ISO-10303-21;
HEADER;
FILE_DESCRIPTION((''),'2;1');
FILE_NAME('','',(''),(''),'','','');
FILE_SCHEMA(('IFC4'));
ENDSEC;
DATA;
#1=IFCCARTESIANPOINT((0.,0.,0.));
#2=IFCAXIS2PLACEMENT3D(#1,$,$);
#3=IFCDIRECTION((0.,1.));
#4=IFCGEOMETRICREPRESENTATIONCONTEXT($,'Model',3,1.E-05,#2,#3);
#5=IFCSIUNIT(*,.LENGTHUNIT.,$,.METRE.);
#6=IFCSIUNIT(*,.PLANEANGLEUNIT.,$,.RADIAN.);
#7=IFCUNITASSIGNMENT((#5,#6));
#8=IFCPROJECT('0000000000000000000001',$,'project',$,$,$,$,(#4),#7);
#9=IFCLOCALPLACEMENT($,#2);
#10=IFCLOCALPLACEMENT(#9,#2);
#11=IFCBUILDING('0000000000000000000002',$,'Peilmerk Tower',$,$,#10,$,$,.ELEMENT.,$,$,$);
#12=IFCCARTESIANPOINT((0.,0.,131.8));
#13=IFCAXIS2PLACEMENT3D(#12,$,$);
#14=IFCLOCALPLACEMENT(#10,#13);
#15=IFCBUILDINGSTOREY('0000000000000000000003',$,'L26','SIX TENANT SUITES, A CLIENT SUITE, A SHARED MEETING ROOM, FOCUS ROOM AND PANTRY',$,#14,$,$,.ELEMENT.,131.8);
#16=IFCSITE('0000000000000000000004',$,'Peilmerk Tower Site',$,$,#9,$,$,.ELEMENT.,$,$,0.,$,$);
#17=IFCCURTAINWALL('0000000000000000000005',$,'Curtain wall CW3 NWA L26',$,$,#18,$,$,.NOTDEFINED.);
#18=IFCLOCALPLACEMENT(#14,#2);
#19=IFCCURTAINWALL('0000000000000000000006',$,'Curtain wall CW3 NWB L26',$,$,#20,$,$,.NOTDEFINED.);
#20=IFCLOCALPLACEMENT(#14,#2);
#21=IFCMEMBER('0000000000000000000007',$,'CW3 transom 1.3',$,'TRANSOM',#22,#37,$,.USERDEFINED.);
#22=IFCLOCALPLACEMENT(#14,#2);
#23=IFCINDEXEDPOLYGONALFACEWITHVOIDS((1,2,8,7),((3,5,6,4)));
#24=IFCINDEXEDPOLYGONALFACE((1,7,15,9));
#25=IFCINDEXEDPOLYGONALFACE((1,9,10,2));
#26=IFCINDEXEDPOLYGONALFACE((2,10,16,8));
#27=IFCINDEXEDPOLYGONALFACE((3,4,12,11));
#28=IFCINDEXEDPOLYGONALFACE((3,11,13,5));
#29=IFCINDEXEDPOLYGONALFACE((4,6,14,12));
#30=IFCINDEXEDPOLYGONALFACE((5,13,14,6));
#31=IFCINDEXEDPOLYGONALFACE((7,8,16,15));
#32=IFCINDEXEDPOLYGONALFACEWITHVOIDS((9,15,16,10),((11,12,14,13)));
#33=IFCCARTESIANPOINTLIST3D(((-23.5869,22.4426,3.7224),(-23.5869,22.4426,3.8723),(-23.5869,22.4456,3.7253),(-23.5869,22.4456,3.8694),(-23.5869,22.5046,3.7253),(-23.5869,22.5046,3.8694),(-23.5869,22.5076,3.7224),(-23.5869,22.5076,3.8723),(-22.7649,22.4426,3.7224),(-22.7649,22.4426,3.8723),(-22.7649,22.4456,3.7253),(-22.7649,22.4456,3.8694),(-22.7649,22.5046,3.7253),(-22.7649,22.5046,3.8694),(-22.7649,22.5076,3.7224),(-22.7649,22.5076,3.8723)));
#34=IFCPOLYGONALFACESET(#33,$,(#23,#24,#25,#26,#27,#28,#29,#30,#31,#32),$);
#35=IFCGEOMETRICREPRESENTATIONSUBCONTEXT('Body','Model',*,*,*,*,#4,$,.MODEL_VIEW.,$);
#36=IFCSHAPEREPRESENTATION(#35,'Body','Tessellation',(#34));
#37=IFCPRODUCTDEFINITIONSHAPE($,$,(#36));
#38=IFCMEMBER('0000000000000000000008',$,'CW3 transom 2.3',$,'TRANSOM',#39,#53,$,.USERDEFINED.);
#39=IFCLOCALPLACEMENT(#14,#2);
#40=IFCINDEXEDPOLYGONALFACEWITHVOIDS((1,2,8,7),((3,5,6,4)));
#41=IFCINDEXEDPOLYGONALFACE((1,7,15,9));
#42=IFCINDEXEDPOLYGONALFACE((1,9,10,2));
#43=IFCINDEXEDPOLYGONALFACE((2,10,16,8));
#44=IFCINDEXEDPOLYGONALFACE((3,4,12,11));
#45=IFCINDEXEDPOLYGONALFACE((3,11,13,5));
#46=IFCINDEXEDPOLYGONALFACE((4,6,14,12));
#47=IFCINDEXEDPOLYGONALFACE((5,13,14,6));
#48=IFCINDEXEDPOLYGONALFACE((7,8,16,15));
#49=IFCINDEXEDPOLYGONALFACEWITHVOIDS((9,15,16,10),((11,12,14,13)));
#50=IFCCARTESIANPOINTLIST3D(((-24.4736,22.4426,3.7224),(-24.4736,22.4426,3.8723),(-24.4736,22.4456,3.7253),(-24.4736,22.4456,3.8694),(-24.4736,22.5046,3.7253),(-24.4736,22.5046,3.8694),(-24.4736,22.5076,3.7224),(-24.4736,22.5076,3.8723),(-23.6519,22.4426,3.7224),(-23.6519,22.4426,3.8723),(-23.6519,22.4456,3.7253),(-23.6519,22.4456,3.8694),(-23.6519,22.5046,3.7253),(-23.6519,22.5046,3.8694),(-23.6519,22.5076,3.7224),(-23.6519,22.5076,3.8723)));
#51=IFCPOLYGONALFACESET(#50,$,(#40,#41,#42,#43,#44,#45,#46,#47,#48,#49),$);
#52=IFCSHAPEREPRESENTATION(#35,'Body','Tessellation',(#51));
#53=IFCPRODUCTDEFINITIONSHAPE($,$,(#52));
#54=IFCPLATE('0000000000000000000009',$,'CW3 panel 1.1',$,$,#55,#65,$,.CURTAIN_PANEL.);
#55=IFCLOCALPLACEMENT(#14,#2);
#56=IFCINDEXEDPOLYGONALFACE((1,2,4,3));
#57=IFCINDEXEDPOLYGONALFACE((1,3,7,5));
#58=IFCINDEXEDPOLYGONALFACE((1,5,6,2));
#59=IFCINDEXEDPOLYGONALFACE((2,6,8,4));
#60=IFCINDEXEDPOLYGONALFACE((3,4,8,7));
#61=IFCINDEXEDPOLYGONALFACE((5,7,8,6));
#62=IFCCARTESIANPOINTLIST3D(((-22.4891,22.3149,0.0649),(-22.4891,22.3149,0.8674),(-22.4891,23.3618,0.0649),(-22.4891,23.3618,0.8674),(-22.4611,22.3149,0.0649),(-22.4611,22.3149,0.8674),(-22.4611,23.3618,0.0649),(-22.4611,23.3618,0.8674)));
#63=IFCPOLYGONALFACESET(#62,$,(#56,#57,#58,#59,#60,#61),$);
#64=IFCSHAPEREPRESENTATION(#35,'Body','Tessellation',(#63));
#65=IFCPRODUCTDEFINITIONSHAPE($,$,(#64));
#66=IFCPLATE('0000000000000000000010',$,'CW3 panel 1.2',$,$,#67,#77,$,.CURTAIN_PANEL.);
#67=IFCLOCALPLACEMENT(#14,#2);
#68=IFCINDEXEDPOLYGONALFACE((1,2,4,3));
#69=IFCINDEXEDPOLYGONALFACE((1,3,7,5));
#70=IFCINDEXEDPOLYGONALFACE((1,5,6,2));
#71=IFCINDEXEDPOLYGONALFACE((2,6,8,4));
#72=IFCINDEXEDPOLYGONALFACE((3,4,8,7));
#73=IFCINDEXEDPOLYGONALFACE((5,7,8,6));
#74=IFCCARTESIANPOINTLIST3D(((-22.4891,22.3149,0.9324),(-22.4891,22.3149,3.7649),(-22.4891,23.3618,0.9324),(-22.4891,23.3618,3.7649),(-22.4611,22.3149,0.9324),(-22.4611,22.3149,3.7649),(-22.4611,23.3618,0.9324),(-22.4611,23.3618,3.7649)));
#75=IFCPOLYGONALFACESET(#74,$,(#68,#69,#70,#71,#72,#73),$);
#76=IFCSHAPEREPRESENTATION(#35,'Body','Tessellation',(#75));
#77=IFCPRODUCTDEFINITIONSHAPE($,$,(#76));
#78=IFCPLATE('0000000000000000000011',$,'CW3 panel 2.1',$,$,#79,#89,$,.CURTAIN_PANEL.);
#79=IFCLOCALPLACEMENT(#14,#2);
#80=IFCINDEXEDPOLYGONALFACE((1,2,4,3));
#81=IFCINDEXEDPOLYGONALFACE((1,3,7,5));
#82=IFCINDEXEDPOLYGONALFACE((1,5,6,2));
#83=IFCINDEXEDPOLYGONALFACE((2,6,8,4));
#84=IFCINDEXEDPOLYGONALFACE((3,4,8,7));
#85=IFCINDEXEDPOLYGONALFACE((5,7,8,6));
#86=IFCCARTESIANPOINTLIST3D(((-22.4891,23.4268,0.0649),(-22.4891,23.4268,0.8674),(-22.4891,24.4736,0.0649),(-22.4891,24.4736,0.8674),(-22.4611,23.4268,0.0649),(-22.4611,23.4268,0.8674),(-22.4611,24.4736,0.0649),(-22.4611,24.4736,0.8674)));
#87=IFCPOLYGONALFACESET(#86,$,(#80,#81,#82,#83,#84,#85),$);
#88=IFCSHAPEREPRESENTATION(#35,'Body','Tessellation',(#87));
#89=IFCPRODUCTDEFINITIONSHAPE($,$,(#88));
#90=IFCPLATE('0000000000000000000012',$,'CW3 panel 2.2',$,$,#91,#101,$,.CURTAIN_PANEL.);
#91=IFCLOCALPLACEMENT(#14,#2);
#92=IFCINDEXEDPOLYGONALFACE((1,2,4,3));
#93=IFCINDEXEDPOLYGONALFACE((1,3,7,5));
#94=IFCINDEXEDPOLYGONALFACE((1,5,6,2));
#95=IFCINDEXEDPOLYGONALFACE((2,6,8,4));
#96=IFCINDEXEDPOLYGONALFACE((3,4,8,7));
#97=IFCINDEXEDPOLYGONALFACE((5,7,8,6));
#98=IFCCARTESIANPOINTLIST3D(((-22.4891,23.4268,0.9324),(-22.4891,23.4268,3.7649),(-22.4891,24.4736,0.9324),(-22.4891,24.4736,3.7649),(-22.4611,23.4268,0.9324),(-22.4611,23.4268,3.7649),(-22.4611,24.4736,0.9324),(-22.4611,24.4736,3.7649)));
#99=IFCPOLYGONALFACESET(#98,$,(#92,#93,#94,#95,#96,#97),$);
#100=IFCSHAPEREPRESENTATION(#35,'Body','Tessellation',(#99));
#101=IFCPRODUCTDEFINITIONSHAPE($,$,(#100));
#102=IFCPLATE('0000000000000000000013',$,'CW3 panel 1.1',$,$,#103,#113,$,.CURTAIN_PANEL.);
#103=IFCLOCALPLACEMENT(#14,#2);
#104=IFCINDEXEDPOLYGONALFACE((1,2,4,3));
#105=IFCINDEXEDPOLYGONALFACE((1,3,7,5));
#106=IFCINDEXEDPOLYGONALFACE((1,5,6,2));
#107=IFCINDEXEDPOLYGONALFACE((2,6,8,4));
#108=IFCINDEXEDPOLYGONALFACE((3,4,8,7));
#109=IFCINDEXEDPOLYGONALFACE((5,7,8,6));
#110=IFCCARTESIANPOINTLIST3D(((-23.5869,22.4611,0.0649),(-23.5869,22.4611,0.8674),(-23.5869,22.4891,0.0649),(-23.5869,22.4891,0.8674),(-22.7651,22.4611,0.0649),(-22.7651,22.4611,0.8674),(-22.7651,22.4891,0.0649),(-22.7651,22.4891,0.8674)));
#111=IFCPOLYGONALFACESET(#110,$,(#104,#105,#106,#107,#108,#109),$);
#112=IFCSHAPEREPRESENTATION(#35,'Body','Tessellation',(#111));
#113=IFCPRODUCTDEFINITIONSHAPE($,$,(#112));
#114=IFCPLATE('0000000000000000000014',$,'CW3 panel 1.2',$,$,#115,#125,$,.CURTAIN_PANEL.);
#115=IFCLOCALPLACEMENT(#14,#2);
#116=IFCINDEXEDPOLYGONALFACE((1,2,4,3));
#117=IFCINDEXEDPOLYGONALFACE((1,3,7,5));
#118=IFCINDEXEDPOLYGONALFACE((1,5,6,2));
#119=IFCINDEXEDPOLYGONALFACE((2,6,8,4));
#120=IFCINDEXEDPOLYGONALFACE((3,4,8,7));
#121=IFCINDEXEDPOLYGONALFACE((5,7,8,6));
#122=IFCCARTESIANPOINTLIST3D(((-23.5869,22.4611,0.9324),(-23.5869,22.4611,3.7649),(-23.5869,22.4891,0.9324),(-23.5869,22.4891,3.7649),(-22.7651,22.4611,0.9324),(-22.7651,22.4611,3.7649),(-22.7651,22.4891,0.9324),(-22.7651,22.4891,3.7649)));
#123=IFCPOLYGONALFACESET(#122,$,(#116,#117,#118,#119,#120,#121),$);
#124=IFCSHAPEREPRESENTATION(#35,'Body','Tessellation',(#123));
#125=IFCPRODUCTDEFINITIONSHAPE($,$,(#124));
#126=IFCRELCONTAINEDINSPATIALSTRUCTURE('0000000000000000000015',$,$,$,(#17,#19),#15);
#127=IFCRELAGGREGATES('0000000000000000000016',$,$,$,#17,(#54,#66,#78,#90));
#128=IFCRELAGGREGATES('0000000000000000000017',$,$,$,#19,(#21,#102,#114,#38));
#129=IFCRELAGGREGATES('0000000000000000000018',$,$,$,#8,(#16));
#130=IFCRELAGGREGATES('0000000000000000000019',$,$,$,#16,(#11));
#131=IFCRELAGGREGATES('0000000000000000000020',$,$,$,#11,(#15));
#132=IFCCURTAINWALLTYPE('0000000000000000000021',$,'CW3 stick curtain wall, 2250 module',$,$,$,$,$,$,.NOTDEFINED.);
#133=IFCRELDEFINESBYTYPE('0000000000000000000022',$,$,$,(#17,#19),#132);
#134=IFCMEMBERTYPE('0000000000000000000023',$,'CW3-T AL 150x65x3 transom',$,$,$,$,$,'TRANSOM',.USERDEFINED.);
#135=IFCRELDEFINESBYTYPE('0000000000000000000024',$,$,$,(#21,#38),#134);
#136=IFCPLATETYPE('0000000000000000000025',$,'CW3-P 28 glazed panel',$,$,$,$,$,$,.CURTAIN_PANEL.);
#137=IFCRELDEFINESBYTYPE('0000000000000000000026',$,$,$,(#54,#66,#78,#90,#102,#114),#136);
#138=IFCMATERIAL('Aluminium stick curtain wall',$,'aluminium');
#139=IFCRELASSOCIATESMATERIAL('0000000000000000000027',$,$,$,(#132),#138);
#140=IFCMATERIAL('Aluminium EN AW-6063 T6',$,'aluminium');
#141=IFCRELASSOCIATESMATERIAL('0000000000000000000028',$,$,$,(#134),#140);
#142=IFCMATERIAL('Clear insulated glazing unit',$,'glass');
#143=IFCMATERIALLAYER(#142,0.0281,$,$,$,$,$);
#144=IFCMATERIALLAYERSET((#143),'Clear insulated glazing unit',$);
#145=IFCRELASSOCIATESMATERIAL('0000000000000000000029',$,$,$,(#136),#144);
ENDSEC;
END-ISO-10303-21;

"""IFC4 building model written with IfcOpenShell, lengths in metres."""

from ifc_helpers import new_model, si_unit, direction, frame, origin, origin_2d, place, context, subcontext, project, spatial, rectangle, hollow_rectangle, extrude, material, layer, layer_set, material_profile, profile_set, type_object, element, aggregate, save


model = new_model("IFC4")

# Units and contexts
model_context = context("Model", 3, precision=1e-05, world=origin(), true_north=direction((0.0, 1.0)))
body_context = subcontext(model_context, "Body", "Model", "MODEL_VIEW")
ifc_project = project(units=[si_unit("LENGTHUNIT", "METRE"), si_unit("PLANEANGLEUNIT", "RADIAN")], contexts=[model_context])

# Site, building, storey
site_placement = place(None, origin())
site = spatial("IfcSite", under=ifc_project, at=site_placement, Name="Peilmerk Tower Site", CompositionType="ELEMENT", RefElevation=0.0)
building_placement = place(site_placement, origin())
building = spatial("IfcBuilding", under=site, at=building_placement, Name="Peilmerk Tower", CompositionType="ELEMENT")
storey_placement = place(building_placement, frame((0.0, 0.0, 131.8)))
storey = spatial("IfcBuildingStorey", under=building, at=storey_placement, Name="L26", Description="SIX TENANT SUITES, A CLIENT SUITE, A SHARED MEETING ROOM, FOCUS ROOM AND PANTRY", CompositionType="ELEMENT", Elevation=131.8)

# Curtain walls
ifc_material_1 = material(Name="Aluminium stick curtain wall", Category="aluminium")
curtain_wall_type = type_object("IfcCurtainWallType", Name="CW3 stick curtain wall, 2250 module", PredefinedType="NOTDEFINED", material=ifc_material_1)
curtain_wall_1_placement = place(storey_placement, origin())
curtain_wall_1 = element("IfcCurtainWall", 1, at=curtain_wall_1_placement, inside=storey, type_object=curtain_wall_type, Name="Curtain wall CW3 NWA L26", PredefinedType="NOTDEFINED")
ifc_material_2 = material(Name="Aluminium EN AW-6063 T6", Category="aluminium")
curtain_wall_2_placement = place(storey_placement, origin())
curtain_wall_2 = element("IfcCurtainWall", 2, at=curtain_wall_2_placement, inside=storey, type_object=curtain_wall_type, Name="Curtain wall CW3 NWB L26", PredefinedType="NOTDEFINED")

# Members
ifc_material_profile_1 = material_profile(ifc_material_2, hollow_rectangle(XDim=0.0649, YDim=0.1499, WallThickness=0.0029, at=origin_2d()), Name="AL 150x65x3")
ifc_profile_set_1 = profile_set([ifc_material_profile_1], Name="Aluminium EN AW-6063 T6")
member_type_1 = type_object("IfcMemberType", Name="CW3-T AL 150x65x3 transom", ElementType="TRANSOM", PredefinedType="USERDEFINED", material=ifc_profile_set_1)
member_1_placement = place(storey_placement, frame((-22.7649, 22.4751, 3.7974), z_axis=(-1.0, 0.0, 0.0), x_axis=(0.0, -1.0, 0.0)))
member_1 = element("IfcMember", 3, at=member_1_placement, type_object=member_type_1, Name="CW3 transom 1.3", ObjectType="TRANSOM", PredefinedType="USERDEFINED", context=body_context, shape_type="SweptSolid", body=[
    extrude(hollow_rectangle(XDim=0.0649, YDim=0.1499, WallThickness=0.0029, at=origin_2d()), origin(), (0.0, 0.0, 1.0), 0.822),
])
member_2_placement = place(storey_placement, frame((-23.6519, 22.4751, 3.7974), z_axis=(-1.0, 0.0, 0.0), x_axis=(0.0, -1.0, 0.0)))
member_2 = element("IfcMember", 4, at=member_2_placement, type_object=member_type_1, Name="CW3 transom 2.3", ObjectType="TRANSOM", PredefinedType="USERDEFINED", context=body_context, shape_type="SweptSolid", body=[
    extrude(hollow_rectangle(XDim=0.0649, YDim=0.1499, WallThickness=0.0029, at=origin_2d()), origin(), (0.0, 0.0, 1.0), 0.8218),
])

# Plates
ifc_material_3 = material(Name="Clear insulated glazing unit", Category="glass")
ifc_layer_1 = layer(ifc_material_3, 0.0281)
ifc_layer_set_1 = layer_set([ifc_layer_1], Name="Clear insulated glazing unit")
plate_type = type_object("IfcPlateType", Name="CW3-P 28 glazed panel", PredefinedType="CURTAIN_PANEL", material=ifc_layer_set_1)
plate_1_placement = place(storey_placement, frame((-22.4751, 22.8384, 0.0649), z_axis=(0.0, 0.0, 1.0), x_axis=(0.0, 1.0, 0.0)))
plate_1 = element("IfcPlate", 5, at=plate_1_placement, type_object=plate_type, Name="CW3 panel 1.1", PredefinedType="CURTAIN_PANEL", context=body_context, shape_type="SweptSolid", body=[
    extrude(rectangle(XDim=1.0469, YDim=0.0281, at=origin_2d()), origin(), (0.0, 0.0, 1.0), 0.8025),
])
plate_2_placement = place(storey_placement, frame((-22.4751, 22.8384, 0.9324), z_axis=(0.0, 0.0, 1.0), x_axis=(0.0, 1.0, 0.0)))
plate_2 = element("IfcPlate", 6, at=plate_2_placement, type_object=plate_type, Name="CW3 panel 1.2", PredefinedType="CURTAIN_PANEL", context=body_context, shape_type="SweptSolid", body=[
    extrude(rectangle(XDim=1.0469, YDim=0.0281, at=origin_2d()), origin(), (0.0, 0.0, 1.0), 2.8325),
])
plate_3_placement = place(storey_placement, frame((-22.4751, 23.9502, 0.0649), z_axis=(0.0, 0.0, 1.0), x_axis=(0.0, 1.0, 0.0)))
plate_3 = element("IfcPlate", 7, at=plate_3_placement, type_object=plate_type, Name="CW3 panel 2.1", PredefinedType="CURTAIN_PANEL", context=body_context, shape_type="SweptSolid", body=[
    extrude(rectangle(XDim=1.0469, YDim=0.0281, at=origin_2d()), origin(), (0.0, 0.0, 1.0), 0.8025),
])
plate_4_placement = place(storey_placement, frame((-22.4751, 23.9502, 0.9324), z_axis=(0.0, 0.0, 1.0), x_axis=(0.0, 1.0, 0.0)))
plate_4 = element("IfcPlate", 8, at=plate_4_placement, type_object=plate_type, Name="CW3 panel 2.2", PredefinedType="CURTAIN_PANEL", context=body_context, shape_type="SweptSolid", body=[
    extrude(rectangle(XDim=1.0469, YDim=0.0281, at=origin_2d()), origin(), (0.0, 0.0, 1.0), 2.8325),
])
aggregate(curtain_wall_1, [plate_1, plate_2, plate_3, plate_4])
plate_5_placement = place(storey_placement, frame((-23.176, 22.4751, 0.0649), z_axis=(0.0, 0.0, 1.0), x_axis=(-1.0, 0.0, 0.0)))
plate_5 = element("IfcPlate", 9, at=plate_5_placement, type_object=plate_type, Name="CW3 panel 1.1", PredefinedType="CURTAIN_PANEL", context=body_context, shape_type="SweptSolid", body=[
    extrude(rectangle(XDim=0.8218, YDim=0.0281, at=origin_2d()), origin(), (0.0, 0.0, 1.0), 0.8025),
])
plate_6_placement = place(storey_placement, frame((-23.176, 22.4751, 0.9324), z_axis=(0.0, 0.0, 1.0), x_axis=(-1.0, 0.0, 0.0)))
plate_6 = element("IfcPlate", 10, at=plate_6_placement, type_object=plate_type, Name="CW3 panel 1.2", PredefinedType="CURTAIN_PANEL", context=body_context, shape_type="SweptSolid", body=[
    extrude(rectangle(XDim=0.8218, YDim=0.0281, at=origin_2d()), origin(), (0.0, 0.0, 1.0), 2.8325),
])
aggregate(curtain_wall_2, [member_1, plate_5, plate_6, member_2])

save(model, "model.ifc")
